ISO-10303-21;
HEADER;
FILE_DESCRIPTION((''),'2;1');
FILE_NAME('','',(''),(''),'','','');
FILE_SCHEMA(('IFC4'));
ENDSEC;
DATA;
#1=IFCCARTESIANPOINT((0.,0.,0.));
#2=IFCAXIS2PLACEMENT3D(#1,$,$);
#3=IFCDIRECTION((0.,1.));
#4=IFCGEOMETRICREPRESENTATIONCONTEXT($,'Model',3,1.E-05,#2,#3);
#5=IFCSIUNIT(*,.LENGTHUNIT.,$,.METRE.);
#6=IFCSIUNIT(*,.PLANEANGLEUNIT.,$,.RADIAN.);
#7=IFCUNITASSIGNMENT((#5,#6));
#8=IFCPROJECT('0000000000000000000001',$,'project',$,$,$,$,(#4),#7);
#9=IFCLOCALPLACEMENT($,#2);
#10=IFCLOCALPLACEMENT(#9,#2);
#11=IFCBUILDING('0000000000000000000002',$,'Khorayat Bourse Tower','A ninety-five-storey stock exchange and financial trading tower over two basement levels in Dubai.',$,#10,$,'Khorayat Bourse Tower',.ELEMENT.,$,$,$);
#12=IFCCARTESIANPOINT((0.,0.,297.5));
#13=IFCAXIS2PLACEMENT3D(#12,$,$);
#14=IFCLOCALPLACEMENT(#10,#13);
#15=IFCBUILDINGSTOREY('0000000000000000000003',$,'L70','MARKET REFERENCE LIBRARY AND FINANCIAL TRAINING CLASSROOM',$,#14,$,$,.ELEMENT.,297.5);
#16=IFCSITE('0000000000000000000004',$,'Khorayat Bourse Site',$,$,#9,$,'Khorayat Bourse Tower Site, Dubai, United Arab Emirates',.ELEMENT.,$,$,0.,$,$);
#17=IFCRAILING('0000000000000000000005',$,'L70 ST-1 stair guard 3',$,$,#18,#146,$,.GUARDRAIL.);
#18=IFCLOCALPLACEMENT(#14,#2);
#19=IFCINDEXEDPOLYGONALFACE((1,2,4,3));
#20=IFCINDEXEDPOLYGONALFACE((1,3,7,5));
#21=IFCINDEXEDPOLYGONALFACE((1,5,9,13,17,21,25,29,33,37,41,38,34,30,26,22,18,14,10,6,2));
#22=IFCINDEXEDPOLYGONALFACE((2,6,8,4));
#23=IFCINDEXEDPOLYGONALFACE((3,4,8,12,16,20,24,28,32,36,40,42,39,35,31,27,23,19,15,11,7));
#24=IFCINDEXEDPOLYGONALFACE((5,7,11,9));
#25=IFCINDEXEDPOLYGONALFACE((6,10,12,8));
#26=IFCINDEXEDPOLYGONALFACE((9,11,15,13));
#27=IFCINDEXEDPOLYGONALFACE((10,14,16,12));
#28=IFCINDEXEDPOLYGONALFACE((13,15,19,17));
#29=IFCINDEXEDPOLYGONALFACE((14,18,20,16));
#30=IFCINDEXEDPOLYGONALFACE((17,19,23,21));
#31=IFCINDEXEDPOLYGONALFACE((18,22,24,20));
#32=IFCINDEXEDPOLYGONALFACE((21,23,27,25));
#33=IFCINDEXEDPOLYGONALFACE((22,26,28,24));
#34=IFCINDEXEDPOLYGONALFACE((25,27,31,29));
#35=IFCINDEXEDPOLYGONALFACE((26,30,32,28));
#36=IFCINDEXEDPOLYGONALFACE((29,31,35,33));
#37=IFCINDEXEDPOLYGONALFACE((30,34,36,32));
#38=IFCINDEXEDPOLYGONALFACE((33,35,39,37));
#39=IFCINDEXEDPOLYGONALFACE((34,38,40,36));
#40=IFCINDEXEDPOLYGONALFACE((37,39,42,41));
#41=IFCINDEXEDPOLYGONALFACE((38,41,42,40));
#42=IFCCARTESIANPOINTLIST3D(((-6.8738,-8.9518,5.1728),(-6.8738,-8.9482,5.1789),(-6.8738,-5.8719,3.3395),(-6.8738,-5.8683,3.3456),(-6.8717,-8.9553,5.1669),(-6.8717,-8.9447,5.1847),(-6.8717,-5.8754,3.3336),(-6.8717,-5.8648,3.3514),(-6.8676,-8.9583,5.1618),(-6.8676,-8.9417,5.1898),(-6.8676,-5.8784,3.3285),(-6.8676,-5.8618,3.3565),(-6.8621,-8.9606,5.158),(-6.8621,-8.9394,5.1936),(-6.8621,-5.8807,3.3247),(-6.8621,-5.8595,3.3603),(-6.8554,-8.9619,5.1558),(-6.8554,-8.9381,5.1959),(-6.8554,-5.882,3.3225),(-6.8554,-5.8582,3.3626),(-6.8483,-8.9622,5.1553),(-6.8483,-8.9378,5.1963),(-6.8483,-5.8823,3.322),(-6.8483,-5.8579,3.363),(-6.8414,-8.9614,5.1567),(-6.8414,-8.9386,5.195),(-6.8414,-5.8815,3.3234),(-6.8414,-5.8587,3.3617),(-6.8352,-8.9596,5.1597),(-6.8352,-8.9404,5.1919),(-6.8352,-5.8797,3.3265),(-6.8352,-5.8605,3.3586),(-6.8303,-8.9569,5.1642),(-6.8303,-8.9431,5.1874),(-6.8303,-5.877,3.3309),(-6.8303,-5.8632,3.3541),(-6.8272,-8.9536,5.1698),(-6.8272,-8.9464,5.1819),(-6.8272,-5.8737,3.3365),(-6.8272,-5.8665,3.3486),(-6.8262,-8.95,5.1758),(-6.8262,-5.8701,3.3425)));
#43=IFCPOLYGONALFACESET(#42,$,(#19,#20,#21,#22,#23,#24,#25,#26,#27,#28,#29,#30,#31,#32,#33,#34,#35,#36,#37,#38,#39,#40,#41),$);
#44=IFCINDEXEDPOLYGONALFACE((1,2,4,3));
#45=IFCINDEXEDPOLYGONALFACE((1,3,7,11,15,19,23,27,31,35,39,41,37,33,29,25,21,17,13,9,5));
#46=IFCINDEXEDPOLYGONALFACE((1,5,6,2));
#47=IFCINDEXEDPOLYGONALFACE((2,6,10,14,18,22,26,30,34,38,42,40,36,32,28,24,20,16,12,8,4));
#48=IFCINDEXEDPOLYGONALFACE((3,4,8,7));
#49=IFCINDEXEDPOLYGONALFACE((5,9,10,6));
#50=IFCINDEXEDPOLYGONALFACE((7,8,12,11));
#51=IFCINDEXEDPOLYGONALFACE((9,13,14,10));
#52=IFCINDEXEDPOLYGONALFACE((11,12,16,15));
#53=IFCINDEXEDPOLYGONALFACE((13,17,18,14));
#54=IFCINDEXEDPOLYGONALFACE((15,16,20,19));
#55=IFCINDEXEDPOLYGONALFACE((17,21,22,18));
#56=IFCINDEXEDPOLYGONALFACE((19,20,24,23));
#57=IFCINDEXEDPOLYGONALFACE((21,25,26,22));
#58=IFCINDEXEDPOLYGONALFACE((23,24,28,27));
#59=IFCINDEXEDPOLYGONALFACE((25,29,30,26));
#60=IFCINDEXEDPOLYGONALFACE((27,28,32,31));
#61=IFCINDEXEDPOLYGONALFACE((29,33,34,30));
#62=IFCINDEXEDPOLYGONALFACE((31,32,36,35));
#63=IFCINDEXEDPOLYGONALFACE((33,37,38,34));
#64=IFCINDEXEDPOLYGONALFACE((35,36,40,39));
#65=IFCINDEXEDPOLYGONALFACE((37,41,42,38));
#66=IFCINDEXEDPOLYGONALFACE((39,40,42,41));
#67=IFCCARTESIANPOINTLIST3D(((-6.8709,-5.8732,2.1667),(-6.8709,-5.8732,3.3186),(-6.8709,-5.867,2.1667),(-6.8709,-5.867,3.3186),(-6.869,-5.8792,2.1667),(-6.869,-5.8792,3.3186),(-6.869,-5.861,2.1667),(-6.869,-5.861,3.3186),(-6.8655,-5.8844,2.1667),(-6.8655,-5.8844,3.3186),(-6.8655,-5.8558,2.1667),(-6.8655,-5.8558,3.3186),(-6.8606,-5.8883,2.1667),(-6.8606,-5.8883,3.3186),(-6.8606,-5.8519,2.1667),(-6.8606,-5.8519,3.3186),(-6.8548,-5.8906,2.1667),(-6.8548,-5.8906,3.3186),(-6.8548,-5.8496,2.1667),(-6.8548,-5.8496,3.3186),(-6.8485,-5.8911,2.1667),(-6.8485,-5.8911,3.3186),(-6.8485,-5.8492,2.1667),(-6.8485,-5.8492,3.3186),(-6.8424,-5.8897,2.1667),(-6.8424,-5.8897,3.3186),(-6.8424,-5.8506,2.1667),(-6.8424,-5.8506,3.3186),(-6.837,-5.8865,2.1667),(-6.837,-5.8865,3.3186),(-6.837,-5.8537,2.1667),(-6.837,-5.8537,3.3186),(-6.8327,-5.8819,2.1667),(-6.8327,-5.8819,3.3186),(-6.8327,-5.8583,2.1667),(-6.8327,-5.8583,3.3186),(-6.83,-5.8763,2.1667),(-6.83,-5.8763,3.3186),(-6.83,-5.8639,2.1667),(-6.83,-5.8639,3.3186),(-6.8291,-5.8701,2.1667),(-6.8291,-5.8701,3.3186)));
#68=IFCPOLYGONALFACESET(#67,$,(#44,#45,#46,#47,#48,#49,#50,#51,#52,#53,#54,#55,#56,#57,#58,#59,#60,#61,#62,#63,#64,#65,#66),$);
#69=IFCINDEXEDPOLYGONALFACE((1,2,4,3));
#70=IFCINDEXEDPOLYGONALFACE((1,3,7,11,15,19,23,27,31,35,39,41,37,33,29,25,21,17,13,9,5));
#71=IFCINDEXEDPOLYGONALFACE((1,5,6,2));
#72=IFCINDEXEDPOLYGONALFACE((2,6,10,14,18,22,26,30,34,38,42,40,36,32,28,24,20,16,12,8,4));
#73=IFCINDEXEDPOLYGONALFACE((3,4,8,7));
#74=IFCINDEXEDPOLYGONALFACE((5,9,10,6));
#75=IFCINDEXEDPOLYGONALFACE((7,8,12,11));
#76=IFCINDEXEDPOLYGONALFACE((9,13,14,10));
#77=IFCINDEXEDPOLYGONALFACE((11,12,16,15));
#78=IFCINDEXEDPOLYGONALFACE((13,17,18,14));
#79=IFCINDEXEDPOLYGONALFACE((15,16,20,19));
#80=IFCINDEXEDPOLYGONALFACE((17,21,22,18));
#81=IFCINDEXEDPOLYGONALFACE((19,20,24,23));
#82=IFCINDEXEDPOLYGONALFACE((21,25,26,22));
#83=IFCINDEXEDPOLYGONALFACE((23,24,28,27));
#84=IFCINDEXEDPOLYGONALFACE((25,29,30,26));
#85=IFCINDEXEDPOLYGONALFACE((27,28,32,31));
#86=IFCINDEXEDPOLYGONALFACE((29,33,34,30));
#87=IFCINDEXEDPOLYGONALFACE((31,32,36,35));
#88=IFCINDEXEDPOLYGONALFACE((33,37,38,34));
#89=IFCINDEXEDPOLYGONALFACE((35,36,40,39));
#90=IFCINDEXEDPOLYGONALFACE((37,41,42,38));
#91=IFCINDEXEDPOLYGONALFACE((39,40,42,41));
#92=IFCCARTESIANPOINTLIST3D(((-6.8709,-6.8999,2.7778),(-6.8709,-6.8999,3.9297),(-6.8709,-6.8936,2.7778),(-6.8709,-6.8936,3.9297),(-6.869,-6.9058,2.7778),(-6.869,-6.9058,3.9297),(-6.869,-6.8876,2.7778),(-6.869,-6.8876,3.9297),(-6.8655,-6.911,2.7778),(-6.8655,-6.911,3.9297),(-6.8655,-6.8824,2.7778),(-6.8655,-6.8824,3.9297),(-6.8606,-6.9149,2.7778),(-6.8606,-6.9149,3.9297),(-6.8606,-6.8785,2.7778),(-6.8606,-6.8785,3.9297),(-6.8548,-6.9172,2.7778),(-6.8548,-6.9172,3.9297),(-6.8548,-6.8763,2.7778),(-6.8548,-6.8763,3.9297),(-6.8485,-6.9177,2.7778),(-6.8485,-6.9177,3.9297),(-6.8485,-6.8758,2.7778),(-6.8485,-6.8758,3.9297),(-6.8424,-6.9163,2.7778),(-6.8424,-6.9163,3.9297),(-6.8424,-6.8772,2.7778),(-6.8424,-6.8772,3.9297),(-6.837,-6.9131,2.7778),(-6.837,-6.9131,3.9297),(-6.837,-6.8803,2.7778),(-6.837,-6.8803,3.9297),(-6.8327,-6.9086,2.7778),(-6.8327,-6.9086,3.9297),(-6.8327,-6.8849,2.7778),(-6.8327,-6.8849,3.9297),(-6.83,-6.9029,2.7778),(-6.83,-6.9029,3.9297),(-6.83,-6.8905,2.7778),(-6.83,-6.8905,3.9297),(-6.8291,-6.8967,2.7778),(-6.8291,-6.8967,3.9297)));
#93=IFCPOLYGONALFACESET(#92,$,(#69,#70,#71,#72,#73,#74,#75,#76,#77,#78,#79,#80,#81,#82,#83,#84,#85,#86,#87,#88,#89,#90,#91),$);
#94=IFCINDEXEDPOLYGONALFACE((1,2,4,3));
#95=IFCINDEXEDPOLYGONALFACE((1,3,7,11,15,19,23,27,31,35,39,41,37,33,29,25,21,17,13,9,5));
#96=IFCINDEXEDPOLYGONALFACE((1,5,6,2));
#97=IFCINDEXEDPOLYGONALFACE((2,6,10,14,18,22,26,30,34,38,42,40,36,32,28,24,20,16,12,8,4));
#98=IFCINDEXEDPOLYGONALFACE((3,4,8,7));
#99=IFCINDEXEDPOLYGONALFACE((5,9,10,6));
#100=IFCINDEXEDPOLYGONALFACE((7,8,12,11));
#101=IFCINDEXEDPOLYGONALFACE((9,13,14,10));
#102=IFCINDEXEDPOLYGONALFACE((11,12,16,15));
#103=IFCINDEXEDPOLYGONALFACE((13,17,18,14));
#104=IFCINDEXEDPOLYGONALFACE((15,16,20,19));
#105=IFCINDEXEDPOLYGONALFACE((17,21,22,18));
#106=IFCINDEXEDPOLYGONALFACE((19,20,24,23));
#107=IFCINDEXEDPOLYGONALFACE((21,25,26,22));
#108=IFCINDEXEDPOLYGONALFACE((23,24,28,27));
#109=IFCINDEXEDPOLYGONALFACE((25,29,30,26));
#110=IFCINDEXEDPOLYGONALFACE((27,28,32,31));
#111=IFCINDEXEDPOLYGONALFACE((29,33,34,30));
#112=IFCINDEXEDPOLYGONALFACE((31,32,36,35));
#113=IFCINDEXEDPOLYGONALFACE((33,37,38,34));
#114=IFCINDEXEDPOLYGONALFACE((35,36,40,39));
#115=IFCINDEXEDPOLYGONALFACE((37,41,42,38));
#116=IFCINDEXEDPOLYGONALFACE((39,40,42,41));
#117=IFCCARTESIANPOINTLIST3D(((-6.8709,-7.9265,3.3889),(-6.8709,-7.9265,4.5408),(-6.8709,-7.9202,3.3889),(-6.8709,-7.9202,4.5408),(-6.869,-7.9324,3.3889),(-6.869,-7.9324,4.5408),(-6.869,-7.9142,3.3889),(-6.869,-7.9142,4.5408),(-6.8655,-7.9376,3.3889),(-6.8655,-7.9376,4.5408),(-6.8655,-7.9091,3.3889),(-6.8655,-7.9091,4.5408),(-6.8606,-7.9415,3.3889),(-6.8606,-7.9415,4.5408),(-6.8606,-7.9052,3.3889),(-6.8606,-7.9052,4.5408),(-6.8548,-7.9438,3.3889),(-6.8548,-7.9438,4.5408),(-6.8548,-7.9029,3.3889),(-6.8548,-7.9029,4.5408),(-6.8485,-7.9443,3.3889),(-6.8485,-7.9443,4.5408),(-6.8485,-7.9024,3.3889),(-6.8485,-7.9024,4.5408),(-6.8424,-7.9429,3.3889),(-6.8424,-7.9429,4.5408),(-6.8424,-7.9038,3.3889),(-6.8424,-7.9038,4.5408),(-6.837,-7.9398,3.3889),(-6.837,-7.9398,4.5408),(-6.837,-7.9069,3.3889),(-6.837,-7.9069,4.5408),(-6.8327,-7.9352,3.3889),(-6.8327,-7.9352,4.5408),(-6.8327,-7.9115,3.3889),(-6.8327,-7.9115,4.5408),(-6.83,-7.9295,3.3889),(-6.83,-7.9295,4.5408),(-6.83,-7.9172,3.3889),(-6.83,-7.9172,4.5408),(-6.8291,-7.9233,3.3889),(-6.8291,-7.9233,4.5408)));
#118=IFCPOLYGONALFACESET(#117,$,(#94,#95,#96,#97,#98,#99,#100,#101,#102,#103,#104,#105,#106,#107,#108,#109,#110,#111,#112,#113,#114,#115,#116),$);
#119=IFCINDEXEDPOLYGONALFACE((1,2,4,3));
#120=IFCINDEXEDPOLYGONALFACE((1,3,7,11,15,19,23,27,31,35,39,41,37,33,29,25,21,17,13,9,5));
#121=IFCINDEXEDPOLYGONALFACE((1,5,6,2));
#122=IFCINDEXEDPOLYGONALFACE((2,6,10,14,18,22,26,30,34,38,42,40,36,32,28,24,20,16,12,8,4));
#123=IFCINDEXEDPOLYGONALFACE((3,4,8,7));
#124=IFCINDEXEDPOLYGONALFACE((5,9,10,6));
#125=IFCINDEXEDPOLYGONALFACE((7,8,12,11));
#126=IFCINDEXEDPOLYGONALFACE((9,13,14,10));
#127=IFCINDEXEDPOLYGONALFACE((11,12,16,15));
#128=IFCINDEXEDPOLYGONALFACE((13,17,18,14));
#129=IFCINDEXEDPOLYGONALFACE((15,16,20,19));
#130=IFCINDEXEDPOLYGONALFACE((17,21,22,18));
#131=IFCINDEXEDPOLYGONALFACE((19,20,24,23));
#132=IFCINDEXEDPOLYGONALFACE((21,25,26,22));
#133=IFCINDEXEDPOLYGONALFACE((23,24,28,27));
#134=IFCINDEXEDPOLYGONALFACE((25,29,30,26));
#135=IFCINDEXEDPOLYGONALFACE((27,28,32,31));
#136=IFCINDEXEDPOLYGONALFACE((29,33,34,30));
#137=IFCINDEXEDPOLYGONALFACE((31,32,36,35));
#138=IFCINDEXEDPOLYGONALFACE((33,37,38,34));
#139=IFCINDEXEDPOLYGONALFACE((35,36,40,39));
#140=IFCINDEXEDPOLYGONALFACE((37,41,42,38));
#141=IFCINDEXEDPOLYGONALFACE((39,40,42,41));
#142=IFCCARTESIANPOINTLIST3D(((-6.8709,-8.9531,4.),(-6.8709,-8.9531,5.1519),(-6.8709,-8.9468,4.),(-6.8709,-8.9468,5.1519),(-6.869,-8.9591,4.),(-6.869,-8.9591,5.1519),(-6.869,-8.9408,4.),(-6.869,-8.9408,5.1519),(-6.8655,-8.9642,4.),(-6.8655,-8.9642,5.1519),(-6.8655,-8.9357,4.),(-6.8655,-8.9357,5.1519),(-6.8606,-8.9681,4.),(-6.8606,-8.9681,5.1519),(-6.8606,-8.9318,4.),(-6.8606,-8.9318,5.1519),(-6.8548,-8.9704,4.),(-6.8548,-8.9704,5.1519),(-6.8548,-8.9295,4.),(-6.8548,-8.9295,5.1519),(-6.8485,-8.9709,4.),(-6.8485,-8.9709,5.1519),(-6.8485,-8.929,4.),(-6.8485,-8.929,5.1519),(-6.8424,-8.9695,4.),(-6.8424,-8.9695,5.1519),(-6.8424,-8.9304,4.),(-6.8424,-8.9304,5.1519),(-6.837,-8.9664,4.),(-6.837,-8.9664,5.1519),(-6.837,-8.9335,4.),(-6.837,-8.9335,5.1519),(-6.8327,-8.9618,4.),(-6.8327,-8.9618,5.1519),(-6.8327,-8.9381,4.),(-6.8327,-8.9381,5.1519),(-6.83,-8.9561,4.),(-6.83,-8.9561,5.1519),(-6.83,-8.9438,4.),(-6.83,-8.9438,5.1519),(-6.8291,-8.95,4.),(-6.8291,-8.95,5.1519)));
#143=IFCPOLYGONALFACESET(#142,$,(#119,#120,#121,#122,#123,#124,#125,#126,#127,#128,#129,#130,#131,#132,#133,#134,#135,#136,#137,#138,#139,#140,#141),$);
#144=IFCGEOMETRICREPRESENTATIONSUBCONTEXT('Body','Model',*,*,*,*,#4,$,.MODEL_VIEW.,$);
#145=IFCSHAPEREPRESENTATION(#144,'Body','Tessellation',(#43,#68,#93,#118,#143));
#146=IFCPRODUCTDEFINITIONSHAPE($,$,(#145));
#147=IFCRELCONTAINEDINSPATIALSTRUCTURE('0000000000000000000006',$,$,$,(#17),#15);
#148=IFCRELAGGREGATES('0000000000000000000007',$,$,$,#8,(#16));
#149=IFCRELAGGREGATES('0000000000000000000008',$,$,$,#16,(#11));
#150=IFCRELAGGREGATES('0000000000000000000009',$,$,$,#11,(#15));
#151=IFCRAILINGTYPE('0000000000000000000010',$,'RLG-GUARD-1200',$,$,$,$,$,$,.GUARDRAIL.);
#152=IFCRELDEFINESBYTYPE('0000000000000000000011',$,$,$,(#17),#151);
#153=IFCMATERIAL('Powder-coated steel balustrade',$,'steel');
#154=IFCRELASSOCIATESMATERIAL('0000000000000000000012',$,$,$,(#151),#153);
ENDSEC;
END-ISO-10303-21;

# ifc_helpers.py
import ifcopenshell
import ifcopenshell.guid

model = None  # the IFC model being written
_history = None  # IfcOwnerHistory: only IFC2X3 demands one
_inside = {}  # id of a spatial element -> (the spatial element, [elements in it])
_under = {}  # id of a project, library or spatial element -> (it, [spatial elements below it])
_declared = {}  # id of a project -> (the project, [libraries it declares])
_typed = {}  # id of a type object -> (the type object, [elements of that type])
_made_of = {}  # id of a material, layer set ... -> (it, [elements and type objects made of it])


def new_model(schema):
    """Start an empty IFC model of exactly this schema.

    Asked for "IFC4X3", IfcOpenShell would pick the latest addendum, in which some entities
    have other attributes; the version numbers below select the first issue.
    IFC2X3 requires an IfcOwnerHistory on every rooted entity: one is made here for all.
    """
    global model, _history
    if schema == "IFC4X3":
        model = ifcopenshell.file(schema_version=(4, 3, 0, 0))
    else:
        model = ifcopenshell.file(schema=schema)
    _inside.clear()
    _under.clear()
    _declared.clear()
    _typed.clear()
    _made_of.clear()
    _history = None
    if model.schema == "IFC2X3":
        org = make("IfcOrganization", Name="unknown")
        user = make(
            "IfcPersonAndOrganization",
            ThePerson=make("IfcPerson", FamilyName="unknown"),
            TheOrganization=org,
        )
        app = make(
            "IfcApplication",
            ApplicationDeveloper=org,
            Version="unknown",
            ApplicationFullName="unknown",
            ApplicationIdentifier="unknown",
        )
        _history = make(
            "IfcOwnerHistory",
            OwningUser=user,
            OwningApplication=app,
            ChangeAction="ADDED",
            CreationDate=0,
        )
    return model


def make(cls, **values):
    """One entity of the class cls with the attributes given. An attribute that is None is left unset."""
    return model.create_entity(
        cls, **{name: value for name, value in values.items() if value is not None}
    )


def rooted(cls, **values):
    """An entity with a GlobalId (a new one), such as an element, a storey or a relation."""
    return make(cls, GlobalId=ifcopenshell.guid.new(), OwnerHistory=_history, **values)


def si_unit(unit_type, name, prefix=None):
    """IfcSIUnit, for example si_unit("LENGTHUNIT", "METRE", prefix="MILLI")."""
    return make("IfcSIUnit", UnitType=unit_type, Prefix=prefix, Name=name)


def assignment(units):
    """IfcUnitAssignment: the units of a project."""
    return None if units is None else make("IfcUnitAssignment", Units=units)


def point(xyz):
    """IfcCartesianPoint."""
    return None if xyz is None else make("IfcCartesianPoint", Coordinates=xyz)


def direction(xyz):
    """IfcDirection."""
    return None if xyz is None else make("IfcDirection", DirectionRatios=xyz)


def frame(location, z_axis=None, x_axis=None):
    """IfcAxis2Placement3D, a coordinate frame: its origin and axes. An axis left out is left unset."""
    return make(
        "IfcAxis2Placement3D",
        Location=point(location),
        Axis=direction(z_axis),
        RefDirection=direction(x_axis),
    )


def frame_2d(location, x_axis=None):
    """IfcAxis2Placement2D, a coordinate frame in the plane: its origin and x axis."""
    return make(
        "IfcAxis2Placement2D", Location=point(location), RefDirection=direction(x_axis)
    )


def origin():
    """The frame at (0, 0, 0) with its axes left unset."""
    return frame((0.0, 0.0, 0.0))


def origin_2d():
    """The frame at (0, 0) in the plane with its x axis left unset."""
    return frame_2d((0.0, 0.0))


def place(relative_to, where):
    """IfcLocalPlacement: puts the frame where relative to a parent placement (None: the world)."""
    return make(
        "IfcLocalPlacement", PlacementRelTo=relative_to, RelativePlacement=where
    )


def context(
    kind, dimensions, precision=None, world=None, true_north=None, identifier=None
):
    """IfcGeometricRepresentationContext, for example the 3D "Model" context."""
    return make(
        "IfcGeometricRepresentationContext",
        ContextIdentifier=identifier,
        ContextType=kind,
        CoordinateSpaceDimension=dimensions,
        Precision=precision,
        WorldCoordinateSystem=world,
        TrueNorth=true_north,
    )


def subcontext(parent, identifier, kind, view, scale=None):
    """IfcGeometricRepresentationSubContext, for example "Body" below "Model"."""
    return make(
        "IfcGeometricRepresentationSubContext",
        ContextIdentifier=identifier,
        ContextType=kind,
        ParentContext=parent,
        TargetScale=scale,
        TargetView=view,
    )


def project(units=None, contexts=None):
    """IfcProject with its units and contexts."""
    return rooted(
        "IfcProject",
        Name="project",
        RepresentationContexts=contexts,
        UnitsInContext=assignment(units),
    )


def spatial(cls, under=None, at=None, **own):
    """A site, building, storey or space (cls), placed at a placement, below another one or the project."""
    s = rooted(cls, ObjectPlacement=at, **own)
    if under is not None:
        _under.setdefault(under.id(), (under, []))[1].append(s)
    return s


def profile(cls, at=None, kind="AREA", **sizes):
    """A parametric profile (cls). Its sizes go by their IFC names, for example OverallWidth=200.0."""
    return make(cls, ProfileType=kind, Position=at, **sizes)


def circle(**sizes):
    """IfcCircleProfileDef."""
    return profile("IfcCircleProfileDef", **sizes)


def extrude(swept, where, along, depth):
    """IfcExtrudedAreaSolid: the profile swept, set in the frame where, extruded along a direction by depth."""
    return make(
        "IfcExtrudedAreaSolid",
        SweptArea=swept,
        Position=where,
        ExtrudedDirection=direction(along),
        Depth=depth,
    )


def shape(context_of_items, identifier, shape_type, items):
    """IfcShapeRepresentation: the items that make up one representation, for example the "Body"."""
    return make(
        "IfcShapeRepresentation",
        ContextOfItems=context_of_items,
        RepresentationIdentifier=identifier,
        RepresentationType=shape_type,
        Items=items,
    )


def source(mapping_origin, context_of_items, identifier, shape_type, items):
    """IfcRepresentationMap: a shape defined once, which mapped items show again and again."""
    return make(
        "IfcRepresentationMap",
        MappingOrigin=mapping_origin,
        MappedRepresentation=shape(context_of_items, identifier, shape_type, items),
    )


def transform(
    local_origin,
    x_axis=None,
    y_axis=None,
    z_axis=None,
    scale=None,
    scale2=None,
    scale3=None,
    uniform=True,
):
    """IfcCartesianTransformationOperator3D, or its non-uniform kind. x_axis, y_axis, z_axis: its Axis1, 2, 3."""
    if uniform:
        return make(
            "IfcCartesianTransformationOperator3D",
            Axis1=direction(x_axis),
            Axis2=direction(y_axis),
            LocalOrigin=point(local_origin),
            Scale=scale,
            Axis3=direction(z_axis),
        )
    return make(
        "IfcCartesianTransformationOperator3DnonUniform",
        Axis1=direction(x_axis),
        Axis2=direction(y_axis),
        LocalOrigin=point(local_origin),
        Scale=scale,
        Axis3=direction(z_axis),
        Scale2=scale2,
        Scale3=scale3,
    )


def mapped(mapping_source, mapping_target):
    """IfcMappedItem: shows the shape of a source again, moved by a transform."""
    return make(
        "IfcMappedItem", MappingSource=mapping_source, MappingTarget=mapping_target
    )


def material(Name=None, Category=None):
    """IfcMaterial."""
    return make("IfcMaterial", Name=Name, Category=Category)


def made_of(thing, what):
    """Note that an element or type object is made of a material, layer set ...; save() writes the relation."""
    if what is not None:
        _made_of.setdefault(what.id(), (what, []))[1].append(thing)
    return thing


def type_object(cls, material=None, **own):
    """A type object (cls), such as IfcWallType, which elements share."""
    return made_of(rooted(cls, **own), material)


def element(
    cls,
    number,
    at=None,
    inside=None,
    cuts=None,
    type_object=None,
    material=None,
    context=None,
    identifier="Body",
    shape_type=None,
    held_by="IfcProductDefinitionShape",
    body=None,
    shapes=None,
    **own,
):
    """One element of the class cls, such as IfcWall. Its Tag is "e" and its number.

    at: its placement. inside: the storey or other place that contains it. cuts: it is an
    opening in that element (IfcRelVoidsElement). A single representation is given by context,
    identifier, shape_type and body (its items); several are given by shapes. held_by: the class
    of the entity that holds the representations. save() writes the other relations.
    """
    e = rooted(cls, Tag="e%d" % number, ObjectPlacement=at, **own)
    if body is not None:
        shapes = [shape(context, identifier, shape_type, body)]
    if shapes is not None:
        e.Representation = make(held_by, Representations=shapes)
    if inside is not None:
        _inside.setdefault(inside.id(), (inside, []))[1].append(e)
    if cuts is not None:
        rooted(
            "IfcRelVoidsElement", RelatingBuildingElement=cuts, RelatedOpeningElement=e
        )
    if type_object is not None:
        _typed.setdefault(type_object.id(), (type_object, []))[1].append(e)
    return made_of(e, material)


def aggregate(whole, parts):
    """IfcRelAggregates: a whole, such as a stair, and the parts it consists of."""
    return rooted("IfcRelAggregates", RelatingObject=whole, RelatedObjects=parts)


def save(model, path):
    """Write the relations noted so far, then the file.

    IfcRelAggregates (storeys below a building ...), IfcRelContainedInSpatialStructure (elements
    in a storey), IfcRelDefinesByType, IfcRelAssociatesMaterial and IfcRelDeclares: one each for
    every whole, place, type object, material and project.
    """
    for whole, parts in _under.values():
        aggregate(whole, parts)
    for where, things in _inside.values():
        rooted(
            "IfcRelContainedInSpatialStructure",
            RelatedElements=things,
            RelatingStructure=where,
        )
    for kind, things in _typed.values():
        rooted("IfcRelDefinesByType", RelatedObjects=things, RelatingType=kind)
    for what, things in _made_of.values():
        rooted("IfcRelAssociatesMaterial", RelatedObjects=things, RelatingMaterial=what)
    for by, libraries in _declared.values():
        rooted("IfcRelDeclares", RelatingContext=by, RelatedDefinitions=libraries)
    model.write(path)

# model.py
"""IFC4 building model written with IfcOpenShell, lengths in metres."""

from ifc_helpers import new_model, si_unit, direction, frame, origin, origin_2d, place, context, subcontext, project, spatial, circle, extrude, source, transform, mapped, material, type_object, element, save


model = new_model("IFC4")

# Units and contexts
model_context = context("Model", 3, precision=1e-05, world=origin(), true_north=direction((0.0, 1.0)))
body_context = subcontext(model_context, "Body", "Model", "MODEL_VIEW")
ifc_project = project(units=[si_unit("LENGTHUNIT", "METRE"), si_unit("PLANEANGLEUNIT", "RADIAN")], contexts=[model_context])

# Site, building, storey
site_placement = place(None, origin())
site = spatial("IfcSite", under=ifc_project, at=site_placement, Name="Khorayat Bourse Site", LongName="Khorayat Bourse Tower Site, Dubai, United Arab Emirates", CompositionType="ELEMENT", RefElevation=0.0)
building_placement = place(site_placement, origin())
building = spatial("IfcBuilding", under=site, at=building_placement, Name="Khorayat Bourse Tower", Description="A ninety-five-storey stock exchange and financial trading tower over two basement levels in Dubai.", LongName="Khorayat Bourse Tower", CompositionType="ELEMENT")
storey_placement = place(building_placement, frame((0.0, 0.0, 297.5)))
storey = spatial("IfcBuildingStorey", under=building, at=storey_placement, Name="L70", Description="MARKET REFERENCE LIBRARY AND FINANCIAL TRAINING CLASSROOM", CompositionType="ELEMENT", Elevation=297.5)

# Railing
ifc_material_1 = material(Name="Powder-coated steel balustrade", Category="steel")
railing_type_1 = type_object("IfcRailingType", Name="RLG-GUARD-1200", PredefinedType="GUARDRAIL", material=ifc_material_1)
shared_shape_1 = source(origin(), body_context, "Body", "SweptSolid", [
    extrude(circle(Radius=0.0239, at=origin_2d()), frame((0.0, 0.0, 1.1758), z_axis=(0.0, -0.859291, 0.511487), x_axis=(1.0, 0.0, 0.0)), (0.0, 0.0, 1.0), 3.5842),
    extrude(circle(Radius=0.021, at=origin_2d()), origin(), (0.0, 0.0, 1.0), 1.1519),
    extrude(circle(Radius=0.021, at=origin_2d()), frame((0.0, -1.0266, 0.6111)), (0.0, 0.0, 1.0), 1.1519),
    extrude(circle(Radius=0.021, at=origin_2d()), frame((0.0, -2.0532, 1.2222)), (0.0, 0.0, 1.0), 1.1519),
    extrude(circle(Radius=0.021, at=origin_2d()), frame((0.0, -3.0798, 1.8333)), (0.0, 0.0, 1.0), 1.1519),
])
railing_1_placement = place(storey_placement, frame((-6.8501, -5.8701, 2.1667)))
element("IfcRailing", 1, at=railing_1_placement, inside=storey, type_object=railing_type_1, Name="L70 ST-1 stair guard 3", PredefinedType="GUARDRAIL", context=body_context, shape_type="MappedRepresentation", body=[
    mapped(shared_shape_1, transform((0.0, 0.0, 0.0), scale=1.0)),
])

save(model, "model.ifc")
